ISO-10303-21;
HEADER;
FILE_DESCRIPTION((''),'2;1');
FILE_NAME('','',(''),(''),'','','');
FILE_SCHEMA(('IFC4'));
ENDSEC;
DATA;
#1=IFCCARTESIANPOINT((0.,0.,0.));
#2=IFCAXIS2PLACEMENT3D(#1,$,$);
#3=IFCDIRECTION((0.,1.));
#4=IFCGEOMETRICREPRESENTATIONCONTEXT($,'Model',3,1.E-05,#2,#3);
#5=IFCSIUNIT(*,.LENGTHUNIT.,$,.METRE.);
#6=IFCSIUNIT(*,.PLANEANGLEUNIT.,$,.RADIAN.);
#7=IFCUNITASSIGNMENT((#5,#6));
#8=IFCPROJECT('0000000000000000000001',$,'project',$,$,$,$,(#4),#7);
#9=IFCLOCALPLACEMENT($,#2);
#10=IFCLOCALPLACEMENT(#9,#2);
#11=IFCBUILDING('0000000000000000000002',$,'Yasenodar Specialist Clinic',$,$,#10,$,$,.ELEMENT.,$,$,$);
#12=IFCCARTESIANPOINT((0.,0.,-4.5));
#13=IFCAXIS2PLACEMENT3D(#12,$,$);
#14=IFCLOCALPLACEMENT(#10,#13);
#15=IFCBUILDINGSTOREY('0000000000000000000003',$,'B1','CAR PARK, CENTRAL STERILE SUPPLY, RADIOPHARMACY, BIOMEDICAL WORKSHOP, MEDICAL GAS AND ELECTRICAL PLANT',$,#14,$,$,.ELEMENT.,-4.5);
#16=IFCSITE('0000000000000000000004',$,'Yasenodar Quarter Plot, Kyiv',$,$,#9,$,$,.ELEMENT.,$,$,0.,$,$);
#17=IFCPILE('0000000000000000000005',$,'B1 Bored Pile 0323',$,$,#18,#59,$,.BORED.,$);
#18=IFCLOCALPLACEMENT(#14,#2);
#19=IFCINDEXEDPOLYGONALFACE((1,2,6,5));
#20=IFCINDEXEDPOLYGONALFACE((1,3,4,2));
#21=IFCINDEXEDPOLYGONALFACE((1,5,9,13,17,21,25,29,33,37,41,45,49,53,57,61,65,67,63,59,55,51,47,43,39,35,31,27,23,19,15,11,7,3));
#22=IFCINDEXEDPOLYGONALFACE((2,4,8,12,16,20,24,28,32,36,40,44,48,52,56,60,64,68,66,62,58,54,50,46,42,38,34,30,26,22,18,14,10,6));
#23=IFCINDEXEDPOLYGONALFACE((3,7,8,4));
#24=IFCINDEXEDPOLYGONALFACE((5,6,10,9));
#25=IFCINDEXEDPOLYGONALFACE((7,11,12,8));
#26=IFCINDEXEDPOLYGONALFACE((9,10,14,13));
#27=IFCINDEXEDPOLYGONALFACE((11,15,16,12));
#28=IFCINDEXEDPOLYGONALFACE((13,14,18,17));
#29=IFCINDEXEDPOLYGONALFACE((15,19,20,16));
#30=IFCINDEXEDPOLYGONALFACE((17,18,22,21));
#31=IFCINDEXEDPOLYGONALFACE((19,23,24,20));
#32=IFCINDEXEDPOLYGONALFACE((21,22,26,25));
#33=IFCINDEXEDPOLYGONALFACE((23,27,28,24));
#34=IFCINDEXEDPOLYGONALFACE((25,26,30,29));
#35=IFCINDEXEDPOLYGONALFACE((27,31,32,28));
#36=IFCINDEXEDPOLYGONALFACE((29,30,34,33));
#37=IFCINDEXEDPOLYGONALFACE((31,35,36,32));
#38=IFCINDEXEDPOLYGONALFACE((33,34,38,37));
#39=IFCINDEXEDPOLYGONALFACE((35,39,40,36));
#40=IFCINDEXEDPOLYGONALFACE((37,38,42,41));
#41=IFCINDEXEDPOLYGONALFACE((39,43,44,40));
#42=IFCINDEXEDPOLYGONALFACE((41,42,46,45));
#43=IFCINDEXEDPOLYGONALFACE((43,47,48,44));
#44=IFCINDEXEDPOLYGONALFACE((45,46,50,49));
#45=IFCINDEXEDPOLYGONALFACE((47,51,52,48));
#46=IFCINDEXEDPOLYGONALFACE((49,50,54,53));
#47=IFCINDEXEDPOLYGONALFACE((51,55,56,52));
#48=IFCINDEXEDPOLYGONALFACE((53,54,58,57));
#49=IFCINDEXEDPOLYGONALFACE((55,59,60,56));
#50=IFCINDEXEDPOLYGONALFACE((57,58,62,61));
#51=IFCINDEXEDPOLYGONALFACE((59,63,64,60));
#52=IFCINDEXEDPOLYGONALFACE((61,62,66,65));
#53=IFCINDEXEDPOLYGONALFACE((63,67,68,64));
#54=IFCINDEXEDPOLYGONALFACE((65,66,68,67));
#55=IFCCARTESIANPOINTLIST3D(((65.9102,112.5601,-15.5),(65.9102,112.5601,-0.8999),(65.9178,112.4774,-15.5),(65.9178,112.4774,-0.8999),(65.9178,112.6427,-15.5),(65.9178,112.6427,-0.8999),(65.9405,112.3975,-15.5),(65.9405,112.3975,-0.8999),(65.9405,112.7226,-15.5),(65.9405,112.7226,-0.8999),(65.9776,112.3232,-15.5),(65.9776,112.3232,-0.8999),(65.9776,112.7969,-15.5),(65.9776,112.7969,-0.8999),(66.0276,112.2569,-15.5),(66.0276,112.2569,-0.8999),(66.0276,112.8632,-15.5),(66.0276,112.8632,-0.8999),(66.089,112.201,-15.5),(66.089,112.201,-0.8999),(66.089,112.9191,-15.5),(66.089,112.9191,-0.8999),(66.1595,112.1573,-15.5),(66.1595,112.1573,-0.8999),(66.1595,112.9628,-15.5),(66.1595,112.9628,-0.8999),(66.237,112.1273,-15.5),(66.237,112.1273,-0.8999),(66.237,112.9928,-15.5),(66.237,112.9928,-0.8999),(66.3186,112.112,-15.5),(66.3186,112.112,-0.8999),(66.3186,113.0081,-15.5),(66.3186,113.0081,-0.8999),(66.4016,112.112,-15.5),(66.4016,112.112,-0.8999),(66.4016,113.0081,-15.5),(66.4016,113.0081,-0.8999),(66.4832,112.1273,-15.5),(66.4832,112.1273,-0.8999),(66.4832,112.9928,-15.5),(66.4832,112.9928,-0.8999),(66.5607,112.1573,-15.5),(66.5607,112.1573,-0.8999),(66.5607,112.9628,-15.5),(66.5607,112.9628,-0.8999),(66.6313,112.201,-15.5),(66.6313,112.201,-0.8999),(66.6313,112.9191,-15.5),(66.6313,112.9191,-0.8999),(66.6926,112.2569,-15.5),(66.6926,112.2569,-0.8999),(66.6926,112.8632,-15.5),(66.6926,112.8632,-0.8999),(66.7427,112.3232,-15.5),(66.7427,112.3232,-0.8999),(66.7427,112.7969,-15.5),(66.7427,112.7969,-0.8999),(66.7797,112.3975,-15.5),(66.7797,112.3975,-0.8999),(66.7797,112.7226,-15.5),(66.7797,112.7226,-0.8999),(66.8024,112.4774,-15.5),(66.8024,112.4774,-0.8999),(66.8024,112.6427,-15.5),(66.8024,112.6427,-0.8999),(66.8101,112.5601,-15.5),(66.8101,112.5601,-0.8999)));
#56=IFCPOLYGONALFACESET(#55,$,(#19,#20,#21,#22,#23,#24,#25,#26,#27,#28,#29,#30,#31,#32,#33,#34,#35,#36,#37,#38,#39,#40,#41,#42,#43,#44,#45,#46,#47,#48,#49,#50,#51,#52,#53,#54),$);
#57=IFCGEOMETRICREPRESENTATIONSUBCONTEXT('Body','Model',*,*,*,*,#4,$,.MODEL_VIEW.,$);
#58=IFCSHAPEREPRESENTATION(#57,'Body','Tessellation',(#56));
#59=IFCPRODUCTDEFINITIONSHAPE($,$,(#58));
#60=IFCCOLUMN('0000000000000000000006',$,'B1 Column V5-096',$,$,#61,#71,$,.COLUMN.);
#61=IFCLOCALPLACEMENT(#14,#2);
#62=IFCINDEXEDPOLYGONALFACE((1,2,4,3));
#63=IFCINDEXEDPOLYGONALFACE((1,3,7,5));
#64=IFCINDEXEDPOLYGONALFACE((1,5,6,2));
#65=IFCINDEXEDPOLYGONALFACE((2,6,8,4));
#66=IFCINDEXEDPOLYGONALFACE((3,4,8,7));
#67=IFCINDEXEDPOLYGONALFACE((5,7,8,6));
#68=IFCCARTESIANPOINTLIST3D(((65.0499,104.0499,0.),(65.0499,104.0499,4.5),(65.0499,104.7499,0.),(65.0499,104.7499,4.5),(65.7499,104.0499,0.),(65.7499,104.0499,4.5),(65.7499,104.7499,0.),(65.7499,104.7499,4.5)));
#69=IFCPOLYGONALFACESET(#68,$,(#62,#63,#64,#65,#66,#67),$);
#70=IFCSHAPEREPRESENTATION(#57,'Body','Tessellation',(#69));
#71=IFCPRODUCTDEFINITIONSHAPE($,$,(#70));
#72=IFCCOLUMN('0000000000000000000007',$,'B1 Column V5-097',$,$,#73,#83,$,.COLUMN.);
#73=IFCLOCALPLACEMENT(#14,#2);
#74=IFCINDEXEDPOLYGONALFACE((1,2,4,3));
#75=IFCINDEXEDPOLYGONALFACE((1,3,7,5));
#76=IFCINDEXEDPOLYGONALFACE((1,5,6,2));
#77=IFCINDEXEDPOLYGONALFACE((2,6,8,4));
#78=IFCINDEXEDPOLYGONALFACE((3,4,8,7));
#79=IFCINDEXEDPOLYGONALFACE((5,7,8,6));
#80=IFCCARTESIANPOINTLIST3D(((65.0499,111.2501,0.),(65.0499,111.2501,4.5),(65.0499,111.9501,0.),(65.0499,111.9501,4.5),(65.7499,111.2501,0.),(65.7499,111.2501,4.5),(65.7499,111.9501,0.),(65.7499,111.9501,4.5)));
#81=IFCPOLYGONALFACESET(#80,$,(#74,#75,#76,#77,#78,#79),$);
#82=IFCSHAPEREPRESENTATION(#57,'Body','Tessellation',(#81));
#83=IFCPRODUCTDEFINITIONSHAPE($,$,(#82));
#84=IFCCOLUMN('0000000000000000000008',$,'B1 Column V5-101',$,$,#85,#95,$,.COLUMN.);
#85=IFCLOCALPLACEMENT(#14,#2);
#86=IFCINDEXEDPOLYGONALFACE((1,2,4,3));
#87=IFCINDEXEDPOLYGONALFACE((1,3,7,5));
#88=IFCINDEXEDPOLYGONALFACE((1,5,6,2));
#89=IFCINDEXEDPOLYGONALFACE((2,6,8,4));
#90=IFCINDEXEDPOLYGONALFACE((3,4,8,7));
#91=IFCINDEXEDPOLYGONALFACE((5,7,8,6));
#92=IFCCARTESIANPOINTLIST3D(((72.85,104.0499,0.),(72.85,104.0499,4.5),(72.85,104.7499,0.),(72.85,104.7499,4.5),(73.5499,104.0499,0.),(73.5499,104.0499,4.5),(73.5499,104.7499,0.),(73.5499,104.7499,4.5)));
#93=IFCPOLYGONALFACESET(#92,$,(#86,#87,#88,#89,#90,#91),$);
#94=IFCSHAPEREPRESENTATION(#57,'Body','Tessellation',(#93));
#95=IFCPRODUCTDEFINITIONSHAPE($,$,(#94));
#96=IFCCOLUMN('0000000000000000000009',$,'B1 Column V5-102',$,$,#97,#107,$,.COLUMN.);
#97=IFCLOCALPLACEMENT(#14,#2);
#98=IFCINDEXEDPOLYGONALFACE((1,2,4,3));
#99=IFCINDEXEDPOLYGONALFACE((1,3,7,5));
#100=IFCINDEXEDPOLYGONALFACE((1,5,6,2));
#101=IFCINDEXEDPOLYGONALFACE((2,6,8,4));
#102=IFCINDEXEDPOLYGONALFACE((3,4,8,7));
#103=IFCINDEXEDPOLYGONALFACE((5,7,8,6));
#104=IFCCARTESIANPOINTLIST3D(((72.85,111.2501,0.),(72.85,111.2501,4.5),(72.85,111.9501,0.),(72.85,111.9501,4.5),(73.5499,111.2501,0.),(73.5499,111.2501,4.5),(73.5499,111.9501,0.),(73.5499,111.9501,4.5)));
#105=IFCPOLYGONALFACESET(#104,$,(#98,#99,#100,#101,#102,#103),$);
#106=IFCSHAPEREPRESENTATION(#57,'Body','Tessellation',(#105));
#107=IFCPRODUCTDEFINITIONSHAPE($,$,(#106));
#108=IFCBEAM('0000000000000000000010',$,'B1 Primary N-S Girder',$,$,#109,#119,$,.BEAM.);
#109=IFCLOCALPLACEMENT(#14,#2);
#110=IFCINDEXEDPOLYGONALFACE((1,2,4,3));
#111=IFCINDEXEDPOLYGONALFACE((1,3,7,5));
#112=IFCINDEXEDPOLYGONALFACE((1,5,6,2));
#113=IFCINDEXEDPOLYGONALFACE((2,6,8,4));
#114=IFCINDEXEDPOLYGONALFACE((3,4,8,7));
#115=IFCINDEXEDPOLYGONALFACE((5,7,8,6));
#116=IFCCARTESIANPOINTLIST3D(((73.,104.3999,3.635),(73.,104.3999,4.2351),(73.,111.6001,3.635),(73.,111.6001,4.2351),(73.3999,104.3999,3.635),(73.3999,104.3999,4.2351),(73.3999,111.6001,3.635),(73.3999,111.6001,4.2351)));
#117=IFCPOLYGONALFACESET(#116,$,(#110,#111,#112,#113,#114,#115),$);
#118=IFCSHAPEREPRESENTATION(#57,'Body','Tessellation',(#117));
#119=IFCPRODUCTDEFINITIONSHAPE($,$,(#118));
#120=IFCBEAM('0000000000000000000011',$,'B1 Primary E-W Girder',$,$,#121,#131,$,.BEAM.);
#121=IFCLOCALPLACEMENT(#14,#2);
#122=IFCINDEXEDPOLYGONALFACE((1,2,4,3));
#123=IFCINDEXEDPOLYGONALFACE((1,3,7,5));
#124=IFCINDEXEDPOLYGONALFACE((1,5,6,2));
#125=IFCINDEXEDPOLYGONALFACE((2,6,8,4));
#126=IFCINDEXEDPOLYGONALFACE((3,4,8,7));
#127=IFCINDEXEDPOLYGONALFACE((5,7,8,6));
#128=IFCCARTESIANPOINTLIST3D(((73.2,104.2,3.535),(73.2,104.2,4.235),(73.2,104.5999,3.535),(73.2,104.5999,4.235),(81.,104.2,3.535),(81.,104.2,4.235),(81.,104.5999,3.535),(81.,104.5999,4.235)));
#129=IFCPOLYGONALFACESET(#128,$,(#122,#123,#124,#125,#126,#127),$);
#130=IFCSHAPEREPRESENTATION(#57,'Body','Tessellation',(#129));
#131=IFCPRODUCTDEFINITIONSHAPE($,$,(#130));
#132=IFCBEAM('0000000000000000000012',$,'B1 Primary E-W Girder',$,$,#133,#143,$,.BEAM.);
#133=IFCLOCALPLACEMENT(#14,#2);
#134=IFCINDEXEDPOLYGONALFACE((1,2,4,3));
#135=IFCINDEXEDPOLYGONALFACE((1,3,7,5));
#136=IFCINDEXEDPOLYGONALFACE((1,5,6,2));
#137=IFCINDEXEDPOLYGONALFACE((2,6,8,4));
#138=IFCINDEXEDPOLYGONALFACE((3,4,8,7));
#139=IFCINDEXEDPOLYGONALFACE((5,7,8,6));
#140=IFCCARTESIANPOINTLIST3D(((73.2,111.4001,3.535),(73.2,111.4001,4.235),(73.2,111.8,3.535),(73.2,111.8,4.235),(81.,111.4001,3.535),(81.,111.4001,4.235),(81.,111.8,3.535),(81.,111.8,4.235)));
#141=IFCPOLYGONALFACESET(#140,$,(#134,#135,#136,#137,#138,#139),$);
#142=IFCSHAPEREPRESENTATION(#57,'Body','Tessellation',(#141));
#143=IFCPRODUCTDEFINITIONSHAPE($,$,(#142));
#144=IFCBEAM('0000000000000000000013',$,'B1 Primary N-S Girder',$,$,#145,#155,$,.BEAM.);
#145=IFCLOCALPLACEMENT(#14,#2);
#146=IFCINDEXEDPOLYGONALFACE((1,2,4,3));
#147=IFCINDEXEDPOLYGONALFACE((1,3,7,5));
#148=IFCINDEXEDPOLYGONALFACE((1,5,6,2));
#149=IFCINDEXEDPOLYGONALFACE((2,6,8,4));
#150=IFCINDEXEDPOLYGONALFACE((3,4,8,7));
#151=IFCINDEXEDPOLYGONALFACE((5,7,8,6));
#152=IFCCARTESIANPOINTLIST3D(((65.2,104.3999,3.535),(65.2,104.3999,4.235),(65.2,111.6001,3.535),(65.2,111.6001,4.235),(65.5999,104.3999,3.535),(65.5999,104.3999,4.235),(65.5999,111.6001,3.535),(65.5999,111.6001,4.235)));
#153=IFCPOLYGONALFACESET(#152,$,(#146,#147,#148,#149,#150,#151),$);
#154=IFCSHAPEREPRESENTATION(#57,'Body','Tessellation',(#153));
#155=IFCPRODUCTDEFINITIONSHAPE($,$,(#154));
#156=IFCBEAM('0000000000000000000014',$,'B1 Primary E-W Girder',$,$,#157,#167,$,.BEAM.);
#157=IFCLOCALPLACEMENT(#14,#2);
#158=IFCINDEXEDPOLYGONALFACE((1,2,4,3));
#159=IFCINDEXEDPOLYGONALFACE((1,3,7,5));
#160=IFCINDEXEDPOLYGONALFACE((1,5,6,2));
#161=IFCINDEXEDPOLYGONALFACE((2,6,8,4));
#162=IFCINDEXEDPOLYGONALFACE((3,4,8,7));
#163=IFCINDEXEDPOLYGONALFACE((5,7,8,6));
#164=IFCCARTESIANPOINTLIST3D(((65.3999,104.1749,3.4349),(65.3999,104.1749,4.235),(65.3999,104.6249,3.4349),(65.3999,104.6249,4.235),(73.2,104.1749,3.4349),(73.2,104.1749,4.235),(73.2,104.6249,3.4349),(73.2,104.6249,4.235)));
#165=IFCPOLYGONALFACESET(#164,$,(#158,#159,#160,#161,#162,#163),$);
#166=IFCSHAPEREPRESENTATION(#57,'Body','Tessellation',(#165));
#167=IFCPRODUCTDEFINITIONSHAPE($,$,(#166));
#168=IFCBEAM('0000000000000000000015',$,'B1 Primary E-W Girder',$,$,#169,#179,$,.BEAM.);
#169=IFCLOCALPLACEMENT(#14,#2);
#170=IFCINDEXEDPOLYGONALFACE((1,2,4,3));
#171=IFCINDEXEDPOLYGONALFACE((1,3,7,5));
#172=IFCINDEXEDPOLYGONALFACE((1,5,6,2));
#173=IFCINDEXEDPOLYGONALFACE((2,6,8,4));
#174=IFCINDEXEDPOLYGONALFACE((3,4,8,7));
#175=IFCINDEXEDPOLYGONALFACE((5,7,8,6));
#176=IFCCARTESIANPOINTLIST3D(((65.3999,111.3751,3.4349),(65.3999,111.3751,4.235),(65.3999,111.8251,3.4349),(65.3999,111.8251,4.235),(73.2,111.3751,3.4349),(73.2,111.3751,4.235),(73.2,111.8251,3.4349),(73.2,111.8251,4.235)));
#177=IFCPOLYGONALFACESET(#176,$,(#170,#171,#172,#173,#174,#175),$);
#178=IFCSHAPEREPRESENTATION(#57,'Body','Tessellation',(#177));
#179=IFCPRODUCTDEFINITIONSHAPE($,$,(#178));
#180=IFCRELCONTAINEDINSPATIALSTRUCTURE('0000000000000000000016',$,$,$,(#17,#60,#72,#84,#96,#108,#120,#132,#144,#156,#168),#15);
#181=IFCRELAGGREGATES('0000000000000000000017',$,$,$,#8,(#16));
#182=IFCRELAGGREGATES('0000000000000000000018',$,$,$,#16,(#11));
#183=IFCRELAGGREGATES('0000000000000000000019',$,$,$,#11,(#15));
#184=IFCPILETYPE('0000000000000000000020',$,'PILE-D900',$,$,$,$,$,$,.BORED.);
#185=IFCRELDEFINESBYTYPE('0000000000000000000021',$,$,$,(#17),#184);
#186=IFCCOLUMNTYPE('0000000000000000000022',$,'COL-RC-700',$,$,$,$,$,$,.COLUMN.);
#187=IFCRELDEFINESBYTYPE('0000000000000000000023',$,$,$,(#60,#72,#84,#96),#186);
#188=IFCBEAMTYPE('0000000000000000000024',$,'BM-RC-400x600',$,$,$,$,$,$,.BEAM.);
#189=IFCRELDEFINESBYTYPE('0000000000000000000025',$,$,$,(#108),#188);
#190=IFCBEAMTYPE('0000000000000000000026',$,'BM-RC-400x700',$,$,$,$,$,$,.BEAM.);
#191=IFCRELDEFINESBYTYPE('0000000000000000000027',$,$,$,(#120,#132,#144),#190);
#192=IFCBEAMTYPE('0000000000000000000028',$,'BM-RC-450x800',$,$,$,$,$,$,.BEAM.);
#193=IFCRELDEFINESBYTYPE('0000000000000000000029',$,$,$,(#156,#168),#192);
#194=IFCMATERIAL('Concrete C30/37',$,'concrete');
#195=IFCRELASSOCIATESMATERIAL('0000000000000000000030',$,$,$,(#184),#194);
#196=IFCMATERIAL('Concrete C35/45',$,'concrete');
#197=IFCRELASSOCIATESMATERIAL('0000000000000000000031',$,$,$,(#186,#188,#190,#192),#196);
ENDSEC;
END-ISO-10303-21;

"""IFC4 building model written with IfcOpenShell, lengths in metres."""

from ifc_helpers import new_model, si_unit, direction, frame, origin, origin_2d, place, context, subcontext, project, spatial, rectangle, circle, extrude, material, material_profile, profile_set, type_object, element, save


model = new_model("IFC4")

# Units and contexts
model_context = context("Model", 3, precision=1e-05, world=origin(), true_north=direction((0.0, 1.0)))
body_context = subcontext(model_context, "Body", "Model", "MODEL_VIEW")
ifc_project = project(units=[si_unit("LENGTHUNIT", "METRE"), si_unit("PLANEANGLEUNIT", "RADIAN")], contexts=[model_context])

# Site, building, storey
site_placement = place(None, origin())
site = spatial("IfcSite", under=ifc_project, at=site_placement, Name="Yasenodar Quarter Plot, Kyiv", CompositionType="ELEMENT", RefElevation=0.0)
building_placement = place(site_placement, origin())
building = spatial("IfcBuilding", under=site, at=building_placement, Name="Yasenodar Specialist Clinic", CompositionType="ELEMENT")
storey_placement = place(building_placement, frame((0.0, 0.0, -4.5)))
storey = spatial("IfcBuildingStorey", under=building, at=storey_placement, Name="B1", Description="CAR PARK, CENTRAL STERILE SUPPLY, RADIOPHARMACY, BIOMEDICAL WORKSHOP, MEDICAL GAS AND ELECTRICAL PLANT", CompositionType="ELEMENT", Elevation=-4.5)

# Shared definitions
ifc_material_1 = material(Name="Concrete C35/45", Category="concrete")

# Pile
ifc_material_2 = material(Name="Concrete C30/37", Category="concrete")
ifc_material_profile_1 = material_profile(ifc_material_2, circle(Radius=0.45, at=origin_2d()), Name="PILE D900")
ifc_profile_set_1 = profile_set([ifc_material_profile_1], Name="Concrete C30/37")
pile_type_1 = type_object("IfcPileType", Name="PILE-D900", PredefinedType="BORED", material=ifc_profile_set_1)
for number, where, z_axis, x_axis, name in (
    (1, (66.3601, 112.5601, -0.8999), (0.0, 0.0, -1.0), (1.0, 0.0, 0.0), "B1 Bored Pile 0323"),
):
    element("IfcPile", number, at=place(storey_placement, frame(where, z_axis=z_axis, x_axis=x_axis)), inside=storey, type_object=pile_type_1, Name=name, PredefinedType="BORED", context=body_context, shape_type="SweptSolid", body=[
        extrude(circle(Radius=0.45, at=origin_2d()), origin(), (0.0, 0.0, 1.0), 14.6001),
    ])

# Columns
ifc_material_profile_2 = material_profile(ifc_material_1, rectangle(XDim=0.7, YDim=0.7, at=origin_2d()), Name="RC 700x700")
ifc_profile_set_2 = profile_set([ifc_material_profile_2], Name="Concrete C35/45")
column_type = type_object("IfcColumnType", Name="COL-RC-700", PredefinedType="COLUMN", material=ifc_profile_set_2)
for number, where, z_axis, x_axis, name in (
    (2, (65.3999, 104.3999, 0.0), (0.0, 0.0, 1.0), (1.0, 0.0, 0.0), "B1 Column V5-096"),
    (3, (65.3999, 111.6001, 0.0), (0.0, 0.0, 1.0), (1.0, 0.0, 0.0), "B1 Column V5-097"),
    (4, (73.2, 104.3999, 0.0), (0.0, 0.0, 1.0), (1.0, 0.0, 0.0), "B1 Column V5-101"),
    (5, (73.2, 111.6001, 0.0), (0.0, 0.0, 1.0), (1.0, 0.0, 0.0), "B1 Column V5-102"),
):
    element("IfcColumn", number, at=place(storey_placement, frame(where, z_axis=z_axis, x_axis=x_axis)), inside=storey, type_object=column_type, Name=name, PredefinedType="COLUMN", context=body_context, shape_type="SweptSolid", body=[
        extrude(rectangle(XDim=0.7, YDim=0.7, at=origin_2d()), origin(), (0.0, 0.0, 1.0), 4.5),
    ])

# Beams
ifc_material_profile_3 = material_profile(ifc_material_1, rectangle(XDim=0.3999, YDim=0.6001, at=origin_2d()), Name="RC 400x600")
ifc_profile_set_3 = profile_set([ifc_material_profile_3], Name="Concrete C35/45")
beam_type_1 = type_object("IfcBeamType", Name="BM-RC-400x600", PredefinedType="BEAM", material=ifc_profile_set_3)
beam_1_placement = place(storey_placement, frame((73.2, 104.3999, 3.9351), z_axis=(0.0, 1.0, 0.0), x_axis=(-1.0, 0.0, 0.0)))
element("IfcBeam", 6, at=beam_1_placement, inside=storey, type_object=beam_type_1, Name="B1 Primary N-S Girder", PredefinedType="BEAM", context=body_context, shape_type="SweptSolid", body=[
    extrude(rectangle(XDim=0.3999, YDim=0.6001, at=origin_2d()), origin(), (0.0, 0.0, 1.0), 7.2002),
])
ifc_material_profile_4 = material_profile(ifc_material_1, rectangle(XDim=0.3999, YDim=0.7, at=origin_2d()), Name="RC 400x700")
ifc_profile_set_4 = profile_set([ifc_material_profile_4], Name="Concrete C35/45")
beam_type_2 = type_object("IfcBeamType", Name="BM-RC-400x700", PredefinedType="BEAM", material=ifc_profile_set_4)
for number, where, z_axis, x_axis, name in (
    (7, (73.2, 104.3999, 3.885), (1.0, 0.0, 0.0), (0.0, 1.0, 0.0), "B1 Primary E-W Girder"),
    (8, (73.2, 111.6001, 3.885), (1.0, 0.0, 0.0), (0.0, 1.0, 0.0), "B1 Primary E-W Girder"),
):
    element("IfcBeam", number, at=place(storey_placement, frame(where, z_axis=z_axis, x_axis=x_axis)), inside=storey, type_object=beam_type_2, Name=name, PredefinedType="BEAM", context=body_context, shape_type="SweptSolid", body=[
        extrude(rectangle(XDim=0.3999, YDim=0.7, at=origin_2d()), origin(), (0.0, 0.0, 1.0), 7.8),
    ])
beam_2_placement = place(storey_placement, frame((65.3999, 104.3999, 3.885), z_axis=(0.0, 1.0, 0.0), x_axis=(-1.0, 0.0, 0.0)))
element("IfcBeam", 9, at=beam_2_placement, inside=storey, type_object=beam_type_2, Name="B1 Primary N-S Girder", PredefinedType="BEAM", context=body_context, shape_type="SweptSolid", body=[
    extrude(rectangle(XDim=0.3999, YDim=0.7, at=origin_2d()), origin(), (0.0, 0.0, 1.0), 7.2002),
])
ifc_material_profile_5 = material_profile(ifc_material_1, rectangle(XDim=0.45, YDim=0.8, at=origin_2d()), Name="RC 450x800")
ifc_profile_set_5 = profile_set([ifc_material_profile_5], Name="Concrete C35/45")
beam_type_3 = type_object("IfcBeamType", Name="BM-RC-450x800", PredefinedType="BEAM", material=ifc_profile_set_5)
for number, where, z_axis, x_axis, name in (
    (10, (65.3999, 104.3999, 3.835), (1.0, 0.0, 0.0), (0.0, 1.0, 0.0), "B1 Primary E-W Girder"),
    (11, (65.3999, 111.6001, 3.835), (1.0, 0.0, 0.0), (0.0, 1.0, 0.0), "B1 Primary E-W Girder"),
):
    element("IfcBeam", number, at=place(storey_placement, frame(where, z_axis=z_axis, x_axis=x_axis)), inside=storey, type_object=beam_type_3, Name=name, PredefinedType="BEAM", context=body_context, shape_type="SweptSolid", body=[
        extrude(rectangle(XDim=0.45, YDim=0.8, at=origin_2d()), origin(), (0.0, 0.0, 1.0), 7.8),
    ])

save(model, "model.ifc")
